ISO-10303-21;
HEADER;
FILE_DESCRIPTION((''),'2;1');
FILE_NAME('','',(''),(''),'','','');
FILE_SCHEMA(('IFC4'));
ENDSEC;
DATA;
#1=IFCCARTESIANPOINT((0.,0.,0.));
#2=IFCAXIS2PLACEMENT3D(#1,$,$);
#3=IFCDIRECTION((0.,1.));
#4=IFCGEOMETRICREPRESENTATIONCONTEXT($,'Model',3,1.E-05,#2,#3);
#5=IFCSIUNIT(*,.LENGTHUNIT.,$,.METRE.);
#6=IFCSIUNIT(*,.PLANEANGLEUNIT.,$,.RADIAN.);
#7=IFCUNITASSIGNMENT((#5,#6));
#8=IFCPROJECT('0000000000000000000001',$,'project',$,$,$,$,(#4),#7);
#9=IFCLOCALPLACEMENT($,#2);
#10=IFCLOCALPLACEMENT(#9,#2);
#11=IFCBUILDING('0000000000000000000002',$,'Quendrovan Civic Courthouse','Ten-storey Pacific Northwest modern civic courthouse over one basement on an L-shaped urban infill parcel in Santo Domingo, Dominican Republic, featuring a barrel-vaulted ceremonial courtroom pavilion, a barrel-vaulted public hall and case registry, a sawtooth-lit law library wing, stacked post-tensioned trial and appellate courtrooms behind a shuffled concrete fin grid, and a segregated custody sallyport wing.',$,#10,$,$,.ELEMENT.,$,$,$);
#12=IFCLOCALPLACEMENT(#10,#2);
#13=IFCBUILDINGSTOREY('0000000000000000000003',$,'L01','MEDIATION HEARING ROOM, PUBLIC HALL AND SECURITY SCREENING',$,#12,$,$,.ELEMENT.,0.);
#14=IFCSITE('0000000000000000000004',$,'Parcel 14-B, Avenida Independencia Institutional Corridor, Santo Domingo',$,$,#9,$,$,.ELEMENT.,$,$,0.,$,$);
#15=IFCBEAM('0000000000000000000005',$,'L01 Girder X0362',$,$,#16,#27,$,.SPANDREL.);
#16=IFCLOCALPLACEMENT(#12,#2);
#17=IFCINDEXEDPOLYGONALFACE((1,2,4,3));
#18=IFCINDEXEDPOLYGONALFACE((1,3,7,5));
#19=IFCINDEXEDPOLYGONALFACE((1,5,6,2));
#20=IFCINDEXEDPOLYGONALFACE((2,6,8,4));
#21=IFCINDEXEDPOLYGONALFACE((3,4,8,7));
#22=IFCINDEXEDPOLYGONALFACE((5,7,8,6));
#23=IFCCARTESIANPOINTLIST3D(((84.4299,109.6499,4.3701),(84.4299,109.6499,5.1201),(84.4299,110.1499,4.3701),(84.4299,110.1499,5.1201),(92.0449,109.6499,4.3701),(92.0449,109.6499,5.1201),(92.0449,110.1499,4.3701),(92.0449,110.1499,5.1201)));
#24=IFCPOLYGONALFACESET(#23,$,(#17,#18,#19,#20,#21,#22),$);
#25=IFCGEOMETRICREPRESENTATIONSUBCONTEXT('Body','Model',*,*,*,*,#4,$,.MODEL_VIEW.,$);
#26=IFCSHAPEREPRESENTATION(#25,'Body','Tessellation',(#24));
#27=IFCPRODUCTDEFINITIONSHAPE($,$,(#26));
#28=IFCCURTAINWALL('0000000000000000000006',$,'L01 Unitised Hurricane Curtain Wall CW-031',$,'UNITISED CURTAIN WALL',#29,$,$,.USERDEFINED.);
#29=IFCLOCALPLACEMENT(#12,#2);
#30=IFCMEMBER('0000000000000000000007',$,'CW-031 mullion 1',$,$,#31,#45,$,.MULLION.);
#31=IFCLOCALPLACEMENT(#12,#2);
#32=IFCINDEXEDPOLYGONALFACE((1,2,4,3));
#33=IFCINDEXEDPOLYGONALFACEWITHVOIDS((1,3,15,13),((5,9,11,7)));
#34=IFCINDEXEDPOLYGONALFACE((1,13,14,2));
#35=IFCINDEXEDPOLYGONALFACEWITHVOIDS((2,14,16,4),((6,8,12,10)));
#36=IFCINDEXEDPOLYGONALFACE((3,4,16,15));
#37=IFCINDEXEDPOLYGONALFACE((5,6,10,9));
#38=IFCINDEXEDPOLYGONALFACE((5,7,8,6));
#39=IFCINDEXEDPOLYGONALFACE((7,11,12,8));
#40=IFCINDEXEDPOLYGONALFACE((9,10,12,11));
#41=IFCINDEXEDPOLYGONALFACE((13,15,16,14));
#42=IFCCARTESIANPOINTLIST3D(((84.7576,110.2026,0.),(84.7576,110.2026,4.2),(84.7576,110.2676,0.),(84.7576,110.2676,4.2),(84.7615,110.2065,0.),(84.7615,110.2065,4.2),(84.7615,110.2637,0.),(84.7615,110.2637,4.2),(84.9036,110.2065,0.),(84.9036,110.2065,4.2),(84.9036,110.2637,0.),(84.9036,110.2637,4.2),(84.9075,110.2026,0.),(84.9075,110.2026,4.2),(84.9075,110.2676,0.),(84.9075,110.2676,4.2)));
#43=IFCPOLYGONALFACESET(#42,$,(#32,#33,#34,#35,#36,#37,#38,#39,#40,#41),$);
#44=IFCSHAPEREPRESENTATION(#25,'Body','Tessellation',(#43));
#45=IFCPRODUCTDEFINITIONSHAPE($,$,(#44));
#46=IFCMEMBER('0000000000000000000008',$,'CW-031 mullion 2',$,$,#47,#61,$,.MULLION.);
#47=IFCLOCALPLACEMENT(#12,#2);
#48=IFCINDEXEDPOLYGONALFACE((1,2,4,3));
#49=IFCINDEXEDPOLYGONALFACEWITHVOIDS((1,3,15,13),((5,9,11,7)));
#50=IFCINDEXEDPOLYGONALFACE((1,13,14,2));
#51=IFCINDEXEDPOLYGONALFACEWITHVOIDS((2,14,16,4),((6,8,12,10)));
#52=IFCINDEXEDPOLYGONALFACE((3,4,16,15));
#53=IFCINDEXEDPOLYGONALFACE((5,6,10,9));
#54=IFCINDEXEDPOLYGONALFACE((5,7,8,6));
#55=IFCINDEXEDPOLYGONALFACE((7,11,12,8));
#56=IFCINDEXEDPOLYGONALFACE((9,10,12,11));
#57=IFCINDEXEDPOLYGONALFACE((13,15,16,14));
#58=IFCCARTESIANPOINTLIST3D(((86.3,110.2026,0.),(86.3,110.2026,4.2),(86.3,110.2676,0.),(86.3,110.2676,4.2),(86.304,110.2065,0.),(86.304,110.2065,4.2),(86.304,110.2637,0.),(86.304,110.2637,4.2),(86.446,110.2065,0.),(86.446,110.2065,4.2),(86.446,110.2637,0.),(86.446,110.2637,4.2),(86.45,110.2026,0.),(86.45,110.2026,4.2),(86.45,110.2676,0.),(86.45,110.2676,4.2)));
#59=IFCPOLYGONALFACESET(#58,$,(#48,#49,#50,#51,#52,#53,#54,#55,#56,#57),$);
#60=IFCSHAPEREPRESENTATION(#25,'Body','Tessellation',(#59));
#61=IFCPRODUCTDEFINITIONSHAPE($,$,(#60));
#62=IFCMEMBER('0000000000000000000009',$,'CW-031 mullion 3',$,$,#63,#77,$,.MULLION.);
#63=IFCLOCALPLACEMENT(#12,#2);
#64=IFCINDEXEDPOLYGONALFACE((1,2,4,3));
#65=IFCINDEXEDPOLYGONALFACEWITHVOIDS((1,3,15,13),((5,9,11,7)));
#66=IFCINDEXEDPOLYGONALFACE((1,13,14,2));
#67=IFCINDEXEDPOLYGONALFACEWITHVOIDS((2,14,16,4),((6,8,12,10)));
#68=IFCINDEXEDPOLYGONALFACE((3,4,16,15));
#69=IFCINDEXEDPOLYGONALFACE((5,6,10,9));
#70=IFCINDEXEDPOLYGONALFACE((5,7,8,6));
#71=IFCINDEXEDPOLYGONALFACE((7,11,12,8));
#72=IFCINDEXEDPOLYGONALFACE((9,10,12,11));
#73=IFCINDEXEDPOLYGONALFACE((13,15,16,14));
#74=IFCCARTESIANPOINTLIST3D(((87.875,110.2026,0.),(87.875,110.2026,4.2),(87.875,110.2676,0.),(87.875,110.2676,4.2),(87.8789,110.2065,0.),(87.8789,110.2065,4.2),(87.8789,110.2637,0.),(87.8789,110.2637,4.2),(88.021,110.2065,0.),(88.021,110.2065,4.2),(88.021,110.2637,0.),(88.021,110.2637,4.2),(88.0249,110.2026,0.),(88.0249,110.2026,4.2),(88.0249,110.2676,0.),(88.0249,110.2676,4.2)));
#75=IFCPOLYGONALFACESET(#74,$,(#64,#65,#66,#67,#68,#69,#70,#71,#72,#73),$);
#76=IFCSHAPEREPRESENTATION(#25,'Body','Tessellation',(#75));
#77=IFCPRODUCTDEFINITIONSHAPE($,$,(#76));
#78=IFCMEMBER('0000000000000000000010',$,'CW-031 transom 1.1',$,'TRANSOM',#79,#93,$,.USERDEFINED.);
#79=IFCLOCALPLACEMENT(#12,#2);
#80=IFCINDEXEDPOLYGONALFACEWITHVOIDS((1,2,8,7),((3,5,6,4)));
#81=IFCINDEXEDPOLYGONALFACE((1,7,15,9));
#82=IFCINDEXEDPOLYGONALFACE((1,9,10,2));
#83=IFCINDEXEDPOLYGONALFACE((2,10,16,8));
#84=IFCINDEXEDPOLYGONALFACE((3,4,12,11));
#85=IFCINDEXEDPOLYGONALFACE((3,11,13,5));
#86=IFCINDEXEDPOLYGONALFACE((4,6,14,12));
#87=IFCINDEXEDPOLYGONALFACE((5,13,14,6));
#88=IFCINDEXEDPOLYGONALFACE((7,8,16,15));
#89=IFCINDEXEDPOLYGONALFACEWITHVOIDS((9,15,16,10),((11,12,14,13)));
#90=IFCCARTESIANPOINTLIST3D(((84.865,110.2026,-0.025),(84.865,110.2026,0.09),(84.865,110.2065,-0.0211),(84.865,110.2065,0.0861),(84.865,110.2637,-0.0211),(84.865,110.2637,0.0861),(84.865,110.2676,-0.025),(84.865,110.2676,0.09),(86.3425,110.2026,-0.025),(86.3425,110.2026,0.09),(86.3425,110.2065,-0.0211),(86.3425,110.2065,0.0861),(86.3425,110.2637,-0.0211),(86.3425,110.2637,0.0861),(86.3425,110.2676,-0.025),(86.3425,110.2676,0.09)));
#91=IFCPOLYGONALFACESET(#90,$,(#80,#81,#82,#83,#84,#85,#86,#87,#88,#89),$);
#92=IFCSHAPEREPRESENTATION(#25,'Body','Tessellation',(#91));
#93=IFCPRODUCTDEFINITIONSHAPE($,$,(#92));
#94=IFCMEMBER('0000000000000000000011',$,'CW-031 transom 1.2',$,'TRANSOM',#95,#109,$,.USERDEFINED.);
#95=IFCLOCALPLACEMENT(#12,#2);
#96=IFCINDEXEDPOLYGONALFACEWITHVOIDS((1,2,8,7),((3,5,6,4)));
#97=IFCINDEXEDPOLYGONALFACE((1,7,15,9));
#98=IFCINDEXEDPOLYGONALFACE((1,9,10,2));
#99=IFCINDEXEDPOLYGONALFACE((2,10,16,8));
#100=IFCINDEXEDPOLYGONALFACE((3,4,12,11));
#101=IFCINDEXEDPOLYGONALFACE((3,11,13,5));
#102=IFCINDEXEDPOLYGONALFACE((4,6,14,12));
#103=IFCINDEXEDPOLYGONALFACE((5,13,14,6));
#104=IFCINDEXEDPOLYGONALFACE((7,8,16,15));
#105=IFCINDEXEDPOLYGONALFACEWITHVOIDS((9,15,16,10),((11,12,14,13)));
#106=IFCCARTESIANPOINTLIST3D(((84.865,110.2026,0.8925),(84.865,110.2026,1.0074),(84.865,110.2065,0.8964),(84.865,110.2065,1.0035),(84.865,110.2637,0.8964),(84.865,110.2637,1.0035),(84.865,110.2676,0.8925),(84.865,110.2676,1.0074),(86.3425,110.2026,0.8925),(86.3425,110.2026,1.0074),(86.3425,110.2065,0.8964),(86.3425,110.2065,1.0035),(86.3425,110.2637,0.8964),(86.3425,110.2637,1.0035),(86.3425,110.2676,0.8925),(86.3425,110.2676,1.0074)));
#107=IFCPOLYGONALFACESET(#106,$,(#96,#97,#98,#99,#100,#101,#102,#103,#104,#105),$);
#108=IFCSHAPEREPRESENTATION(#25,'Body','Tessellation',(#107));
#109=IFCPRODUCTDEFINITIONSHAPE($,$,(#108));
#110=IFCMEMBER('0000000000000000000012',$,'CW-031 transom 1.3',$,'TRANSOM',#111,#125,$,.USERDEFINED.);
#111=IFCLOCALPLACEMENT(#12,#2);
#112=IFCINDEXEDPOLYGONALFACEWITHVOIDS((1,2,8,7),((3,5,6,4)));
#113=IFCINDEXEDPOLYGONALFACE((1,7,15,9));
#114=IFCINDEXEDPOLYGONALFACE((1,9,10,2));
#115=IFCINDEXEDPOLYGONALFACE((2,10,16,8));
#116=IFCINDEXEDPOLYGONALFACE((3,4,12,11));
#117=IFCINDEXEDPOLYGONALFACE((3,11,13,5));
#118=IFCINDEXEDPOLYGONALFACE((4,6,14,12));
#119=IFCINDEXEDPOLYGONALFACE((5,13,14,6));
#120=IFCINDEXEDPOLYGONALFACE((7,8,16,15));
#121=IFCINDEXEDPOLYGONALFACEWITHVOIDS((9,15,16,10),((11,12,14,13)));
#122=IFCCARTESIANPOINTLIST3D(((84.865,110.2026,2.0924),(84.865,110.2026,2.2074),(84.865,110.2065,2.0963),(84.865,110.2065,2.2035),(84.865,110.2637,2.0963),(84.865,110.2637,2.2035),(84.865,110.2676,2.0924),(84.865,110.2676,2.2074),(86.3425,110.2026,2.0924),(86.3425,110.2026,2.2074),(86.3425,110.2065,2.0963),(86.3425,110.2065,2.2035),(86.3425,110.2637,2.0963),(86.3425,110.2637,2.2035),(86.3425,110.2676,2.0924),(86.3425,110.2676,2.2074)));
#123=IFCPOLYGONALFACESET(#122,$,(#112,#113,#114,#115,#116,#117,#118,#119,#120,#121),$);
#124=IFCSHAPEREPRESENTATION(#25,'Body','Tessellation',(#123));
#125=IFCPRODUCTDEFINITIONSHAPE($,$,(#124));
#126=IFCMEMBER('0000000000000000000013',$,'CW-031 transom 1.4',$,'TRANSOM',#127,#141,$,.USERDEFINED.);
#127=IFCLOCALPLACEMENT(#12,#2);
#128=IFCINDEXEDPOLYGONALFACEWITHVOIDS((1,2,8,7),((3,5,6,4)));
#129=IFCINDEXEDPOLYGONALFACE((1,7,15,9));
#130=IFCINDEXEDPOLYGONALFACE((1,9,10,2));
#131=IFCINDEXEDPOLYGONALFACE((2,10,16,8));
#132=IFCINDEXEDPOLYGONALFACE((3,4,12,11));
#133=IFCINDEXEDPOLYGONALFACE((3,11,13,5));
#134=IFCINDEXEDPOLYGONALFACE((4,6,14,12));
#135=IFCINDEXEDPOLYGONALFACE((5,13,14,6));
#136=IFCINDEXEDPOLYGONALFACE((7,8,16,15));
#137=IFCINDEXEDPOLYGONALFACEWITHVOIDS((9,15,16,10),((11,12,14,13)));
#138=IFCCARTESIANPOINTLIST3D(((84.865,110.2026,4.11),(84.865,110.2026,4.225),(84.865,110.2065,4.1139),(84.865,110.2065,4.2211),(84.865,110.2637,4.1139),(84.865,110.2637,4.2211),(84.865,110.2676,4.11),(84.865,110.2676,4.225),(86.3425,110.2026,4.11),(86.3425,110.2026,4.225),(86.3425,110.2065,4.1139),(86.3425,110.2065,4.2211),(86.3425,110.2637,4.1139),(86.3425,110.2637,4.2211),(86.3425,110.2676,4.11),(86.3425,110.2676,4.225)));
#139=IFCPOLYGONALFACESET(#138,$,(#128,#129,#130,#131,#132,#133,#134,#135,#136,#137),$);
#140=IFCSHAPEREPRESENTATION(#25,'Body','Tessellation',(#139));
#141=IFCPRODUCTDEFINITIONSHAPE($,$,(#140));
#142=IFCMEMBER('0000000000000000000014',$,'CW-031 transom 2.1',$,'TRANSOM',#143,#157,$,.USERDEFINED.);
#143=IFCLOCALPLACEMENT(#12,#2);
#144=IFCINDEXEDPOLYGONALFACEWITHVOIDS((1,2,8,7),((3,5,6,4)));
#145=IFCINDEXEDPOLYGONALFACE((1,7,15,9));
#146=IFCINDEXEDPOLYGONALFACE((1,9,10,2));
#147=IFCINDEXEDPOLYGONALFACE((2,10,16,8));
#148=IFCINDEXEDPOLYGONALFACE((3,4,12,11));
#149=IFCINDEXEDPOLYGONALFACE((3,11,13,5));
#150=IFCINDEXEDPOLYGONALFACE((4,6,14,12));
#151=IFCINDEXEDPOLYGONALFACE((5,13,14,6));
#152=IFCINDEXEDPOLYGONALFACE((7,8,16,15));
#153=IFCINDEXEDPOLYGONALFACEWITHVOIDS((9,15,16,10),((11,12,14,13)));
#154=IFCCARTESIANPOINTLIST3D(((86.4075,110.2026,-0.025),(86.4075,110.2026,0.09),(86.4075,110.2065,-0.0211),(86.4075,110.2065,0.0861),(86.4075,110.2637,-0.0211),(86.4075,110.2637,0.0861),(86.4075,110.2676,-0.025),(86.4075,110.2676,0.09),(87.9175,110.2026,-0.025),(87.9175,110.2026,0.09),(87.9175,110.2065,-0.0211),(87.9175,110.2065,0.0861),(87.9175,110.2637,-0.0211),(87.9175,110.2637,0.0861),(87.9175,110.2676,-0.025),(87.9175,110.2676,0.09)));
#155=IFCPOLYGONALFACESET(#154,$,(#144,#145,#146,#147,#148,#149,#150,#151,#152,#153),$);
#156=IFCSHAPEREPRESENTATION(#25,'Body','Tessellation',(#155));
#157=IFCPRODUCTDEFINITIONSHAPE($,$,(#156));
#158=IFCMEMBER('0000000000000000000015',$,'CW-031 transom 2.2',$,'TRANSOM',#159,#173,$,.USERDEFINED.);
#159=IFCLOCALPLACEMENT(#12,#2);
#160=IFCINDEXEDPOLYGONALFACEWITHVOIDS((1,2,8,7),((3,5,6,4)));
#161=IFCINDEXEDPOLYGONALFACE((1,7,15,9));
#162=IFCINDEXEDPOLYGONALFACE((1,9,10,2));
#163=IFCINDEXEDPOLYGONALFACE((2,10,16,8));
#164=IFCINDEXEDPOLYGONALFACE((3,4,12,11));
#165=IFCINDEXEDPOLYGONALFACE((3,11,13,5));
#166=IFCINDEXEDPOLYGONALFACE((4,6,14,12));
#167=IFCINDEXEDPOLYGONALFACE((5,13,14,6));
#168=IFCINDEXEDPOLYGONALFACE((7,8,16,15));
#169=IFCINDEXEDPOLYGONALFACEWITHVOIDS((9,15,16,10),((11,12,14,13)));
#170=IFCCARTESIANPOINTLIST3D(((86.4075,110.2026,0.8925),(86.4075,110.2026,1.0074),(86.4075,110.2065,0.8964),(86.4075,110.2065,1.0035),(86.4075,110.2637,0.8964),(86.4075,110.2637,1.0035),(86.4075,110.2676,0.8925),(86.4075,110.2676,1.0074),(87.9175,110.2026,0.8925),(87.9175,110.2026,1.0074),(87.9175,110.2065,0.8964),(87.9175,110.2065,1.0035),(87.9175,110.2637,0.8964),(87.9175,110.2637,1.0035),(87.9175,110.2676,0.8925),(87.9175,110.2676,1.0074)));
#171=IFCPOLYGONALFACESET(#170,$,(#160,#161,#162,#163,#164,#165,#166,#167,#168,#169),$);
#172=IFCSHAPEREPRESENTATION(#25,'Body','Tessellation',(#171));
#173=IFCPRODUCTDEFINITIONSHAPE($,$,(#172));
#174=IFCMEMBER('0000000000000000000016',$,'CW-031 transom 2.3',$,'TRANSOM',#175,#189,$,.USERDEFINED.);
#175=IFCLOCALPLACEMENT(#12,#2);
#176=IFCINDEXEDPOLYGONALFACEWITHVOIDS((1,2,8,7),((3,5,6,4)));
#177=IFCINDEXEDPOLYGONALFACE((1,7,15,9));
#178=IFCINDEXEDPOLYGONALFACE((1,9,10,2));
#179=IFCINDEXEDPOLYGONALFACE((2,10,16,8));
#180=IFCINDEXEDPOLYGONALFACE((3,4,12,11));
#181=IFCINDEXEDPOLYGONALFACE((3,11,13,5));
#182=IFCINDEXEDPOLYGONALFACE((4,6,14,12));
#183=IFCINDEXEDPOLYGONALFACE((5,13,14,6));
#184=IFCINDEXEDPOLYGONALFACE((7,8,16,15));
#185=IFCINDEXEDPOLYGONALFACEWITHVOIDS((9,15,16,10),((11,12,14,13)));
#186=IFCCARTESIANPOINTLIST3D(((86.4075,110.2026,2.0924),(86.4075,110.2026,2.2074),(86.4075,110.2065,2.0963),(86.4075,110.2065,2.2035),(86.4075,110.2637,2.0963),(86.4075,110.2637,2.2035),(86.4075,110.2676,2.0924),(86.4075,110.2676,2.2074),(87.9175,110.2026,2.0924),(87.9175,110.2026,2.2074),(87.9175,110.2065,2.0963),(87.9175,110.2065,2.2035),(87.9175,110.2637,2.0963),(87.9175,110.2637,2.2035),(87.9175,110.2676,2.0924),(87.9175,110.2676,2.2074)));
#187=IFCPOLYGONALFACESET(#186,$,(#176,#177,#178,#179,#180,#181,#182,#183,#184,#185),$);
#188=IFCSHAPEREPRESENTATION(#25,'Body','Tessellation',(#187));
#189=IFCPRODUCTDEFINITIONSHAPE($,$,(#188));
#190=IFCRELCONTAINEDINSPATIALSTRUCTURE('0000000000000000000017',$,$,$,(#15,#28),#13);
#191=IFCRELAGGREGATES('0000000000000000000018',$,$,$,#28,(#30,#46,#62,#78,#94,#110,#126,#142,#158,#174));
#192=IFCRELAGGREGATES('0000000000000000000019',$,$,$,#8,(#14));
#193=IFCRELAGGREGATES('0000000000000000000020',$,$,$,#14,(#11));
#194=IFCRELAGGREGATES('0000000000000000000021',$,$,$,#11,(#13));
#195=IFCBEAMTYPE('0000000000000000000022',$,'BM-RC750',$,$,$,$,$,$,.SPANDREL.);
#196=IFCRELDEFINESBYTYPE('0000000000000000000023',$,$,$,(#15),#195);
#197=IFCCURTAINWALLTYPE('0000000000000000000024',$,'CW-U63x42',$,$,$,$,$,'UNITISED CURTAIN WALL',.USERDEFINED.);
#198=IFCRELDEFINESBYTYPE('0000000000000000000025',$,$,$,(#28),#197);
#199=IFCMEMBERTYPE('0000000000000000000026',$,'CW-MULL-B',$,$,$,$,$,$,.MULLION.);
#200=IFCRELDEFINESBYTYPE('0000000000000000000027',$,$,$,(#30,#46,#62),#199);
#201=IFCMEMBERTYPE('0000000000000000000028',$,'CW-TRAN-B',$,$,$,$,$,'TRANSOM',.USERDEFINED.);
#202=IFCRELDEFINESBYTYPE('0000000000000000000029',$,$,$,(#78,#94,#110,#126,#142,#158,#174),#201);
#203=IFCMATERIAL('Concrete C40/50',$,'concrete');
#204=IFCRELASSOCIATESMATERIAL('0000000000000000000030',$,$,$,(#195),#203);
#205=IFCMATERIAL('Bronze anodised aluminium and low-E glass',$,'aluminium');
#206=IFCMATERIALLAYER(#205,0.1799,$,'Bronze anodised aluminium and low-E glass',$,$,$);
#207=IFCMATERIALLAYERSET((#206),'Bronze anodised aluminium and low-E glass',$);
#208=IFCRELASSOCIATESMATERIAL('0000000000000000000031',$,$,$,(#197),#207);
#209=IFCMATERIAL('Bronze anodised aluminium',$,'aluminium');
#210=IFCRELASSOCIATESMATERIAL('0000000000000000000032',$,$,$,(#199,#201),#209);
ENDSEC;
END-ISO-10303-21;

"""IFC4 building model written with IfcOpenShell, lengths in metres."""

from ifc_helpers import new_model, si_unit, direction, frame, origin, origin_2d, place, context, subcontext, project, spatial, rectangle, hollow_rectangle, extrude, material, layer, layer_set, material_profile, profile_set, type_object, element, aggregate, save


model = new_model("IFC4")

# Units and contexts
model_context = context("Model", 3, precision=1e-05, world=origin(), true_north=direction((0.0, 1.0)))
body_context = subcontext(model_context, "Body", "Model", "MODEL_VIEW")
ifc_project = project(units=[si_unit("LENGTHUNIT", "METRE"), si_unit("PLANEANGLEUNIT", "RADIAN")], contexts=[model_context])

# Site, building, storey
site_placement = place(None, origin())
site = spatial("IfcSite", under=ifc_project, at=site_placement, Name="Parcel 14-B, Avenida Independencia Institutional Corridor, Santo Domingo", CompositionType="ELEMENT", RefElevation=0.0)
building_placement = place(site_placement, origin())
building = spatial("IfcBuilding", under=site, at=building_placement, Name="Quendrovan Civic Courthouse", Description="Ten-storey Pacific Northwest modern civic courthouse over one basement on an L-shaped urban infill parcel in Santo Domingo, Dominican Republic, featuring a barrel-vaulted ceremonial courtroom pavilion, a barrel-vaulted public hall and case registry, a sawtooth-lit law library wing, stacked post-tensioned trial and appellate courtrooms behind a shuffled concrete fin grid, and a segregated custody sallyport wing.", CompositionType="ELEMENT")
storey_placement = place(building_placement, origin())
storey = spatial("IfcBuildingStorey", under=building, at=storey_placement, Name="L01", Description="MEDIATION HEARING ROOM, PUBLIC HALL AND SECURITY SCREENING", CompositionType="ELEMENT", Elevation=0.0)

# Beam
ifc_material_1 = material(Name="Concrete C40/50", Category="concrete")
ifc_material_profile_1 = material_profile(ifc_material_1, rectangle(XDim=0.5, YDim=0.75, at=origin_2d()), Name="RC-BM-500x750")
ifc_profile_set_1 = profile_set([ifc_material_profile_1], Name="Concrete C40/50")
beam_type = type_object("IfcBeamType", Name="BM-RC750", PredefinedType="SPANDREL", material=ifc_profile_set_1)
beam_placement = place(storey_placement, frame((84.4299, 109.8999, 4.7451), z_axis=(1.0, 0.0, 0.0), x_axis=(0.0, 1.0, 0.0)))
element("IfcBeam", 1, at=beam_placement, inside=storey, type_object=beam_type, Name="L01 Girder X0362", PredefinedType="SPANDREL", context=body_context, shape_type="SweptSolid", body=[
    extrude(rectangle(XDim=0.5, YDim=0.75, at=origin_2d()), origin(), (0.0, 0.0, 1.0), 7.615),
])

# Curtain wall, members
ifc_material_2 = material(Name="Bronze anodised aluminium and low-E glass", Category="aluminium")
ifc_layer_1 = layer(ifc_material_2, 0.1799, Name="Bronze anodised aluminium and low-E glass")
ifc_layer_set_1 = layer_set([ifc_layer_1], Name="Bronze anodised aluminium and low-E glass")
curtain_wall_type = type_object("IfcCurtainWallType", Name="CW-U63x42", ElementType="UNITISED CURTAIN WALL", PredefinedType="USERDEFINED", material=ifc_layer_set_1)
curtain_wall_placement = place(storey_placement, origin())
curtain_wall = element("IfcCurtainWall", 2, at=curtain_wall_placement, inside=storey, type_object=curtain_wall_type, Name="L01 Unitised Hurricane Curtain Wall CW-031", ObjectType="UNITISED CURTAIN WALL", PredefinedType="USERDEFINED")
ifc_material_3 = material(Name="Bronze anodised aluminium", Category="aluminium")
ifc_material_profile_2 = material_profile(ifc_material_3, hollow_rectangle(XDim=0.0649, YDim=0.1499, WallThickness=0.0039, at=origin_2d()), Name="CW-MULL-65x150")
ifc_profile_set_2 = profile_set([ifc_material_profile_2], Name="Bronze anodised aluminium")
member_type_1 = type_object("IfcMemberType", Name="CW-MULL-B", PredefinedType="MULLION", material=ifc_profile_set_2)
member_1_placement = place(storey_placement, frame((84.8325, 110.2351, 0.0), z_axis=(0.0, 0.0, 1.0), x_axis=(0.0, 1.0, 0.0)))
member_1 = element("IfcMember", 3, at=member_1_placement, type_object=member_type_1, Name="CW-031 mullion 1", PredefinedType="MULLION", context=body_context, shape_type="SweptSolid", body=[
    extrude(hollow_rectangle(XDim=0.0649, YDim=0.1499, WallThickness=0.0039, at=origin_2d()), origin(), (0.0, 0.0, 1.0), 4.2),
])
member_2_placement = place(storey_placement, frame((86.375, 110.2351, 0.0), z_axis=(0.0, 0.0, 1.0), x_axis=(0.0, 1.0, 0.0)))
member_2 = element("IfcMember", 4, at=member_2_placement, type_object=member_type_1, Name="CW-031 mullion 2", PredefinedType="MULLION", context=body_context, shape_type="SweptSolid", body=[
    extrude(hollow_rectangle(XDim=0.0649, YDim=0.1499, WallThickness=0.0039, at=origin_2d()), origin(), (0.0, 0.0, 1.0), 4.2),
])
member_3_placement = place(storey_placement, frame((87.95, 110.2351, 0.0), z_axis=(0.0, 0.0, 1.0), x_axis=(0.0, 1.0, 0.0)))
member_3 = element("IfcMember", 5, at=member_3_placement, type_object=member_type_1, Name="CW-031 mullion 3", PredefinedType="MULLION", context=body_context, shape_type="SweptSolid", body=[
    extrude(hollow_rectangle(XDim=0.0649, YDim=0.1499, WallThickness=0.0039, at=origin_2d()), origin(), (0.0, 0.0, 1.0), 4.2),
])
ifc_material_profile_3 = material_profile(ifc_material_3, hollow_rectangle(XDim=0.0649, YDim=0.115, WallThickness=0.0039, at=origin_2d()), Name="CW-TRAN-65x115")
ifc_profile_set_3 = profile_set([ifc_material_profile_3], Name="Bronze anodised aluminium")
member_type_2 = type_object("IfcMemberType", Name="CW-TRAN-B", ElementType="TRANSOM", PredefinedType="USERDEFINED", material=ifc_profile_set_3)
member_4_placement = place(storey_placement, frame((84.865, 110.2351, 0.0325), z_axis=(1.0, 0.0, 0.0), x_axis=(0.0, 1.0, 0.0)))
member_4 = element("IfcMember", 6, at=member_4_placement, type_object=member_type_2, Name="CW-031 transom 1.1", ObjectType="TRANSOM", PredefinedType="USERDEFINED", context=body_context, shape_type="SweptSolid", body=[
    extrude(hollow_rectangle(XDim=0.0649, YDim=0.115, WallThickness=0.0039, at=origin_2d()), origin(), (0.0, 0.0, 1.0), 1.4775),
])
member_5_placement = place(storey_placement, frame((84.865, 110.2351, 0.95), z_axis=(1.0, 0.0, 0.0), x_axis=(0.0, 1.0, 0.0)))
member_5 = element("IfcMember", 7, at=member_5_placement, type_object=member_type_2, Name="CW-031 transom 1.2", ObjectType="TRANSOM", PredefinedType="USERDEFINED", context=body_context, shape_type="SweptSolid", body=[
    extrude(hollow_rectangle(XDim=0.0649, YDim=0.115, WallThickness=0.0039, at=origin_2d()), origin(), (0.0, 0.0, 1.0), 1.4775),
])
member_6_placement = place(storey_placement, frame((84.865, 110.2351, 2.1499), z_axis=(1.0, 0.0, 0.0), x_axis=(0.0, 1.0, 0.0)))
member_6 = element("IfcMember", 8, at=member_6_placement, type_object=member_type_2, Name="CW-031 transom 1.3", ObjectType="TRANSOM", PredefinedType="USERDEFINED", context=body_context, shape_type="SweptSolid", body=[
    extrude(hollow_rectangle(XDim=0.0649, YDim=0.115, WallThickness=0.0039, at=origin_2d()), origin(), (0.0, 0.0, 1.0), 1.4775),
])
member_7_placement = place(storey_placement, frame((84.865, 110.2351, 4.1675), z_axis=(1.0, 0.0, 0.0), x_axis=(0.0, 1.0, 0.0)))
member_7 = element("IfcMember", 9, at=member_7_placement, type_object=member_type_2, Name="CW-031 transom 1.4", ObjectType="TRANSOM", PredefinedType="USERDEFINED", context=body_context, shape_type="SweptSolid", body=[
    extrude(hollow_rectangle(XDim=0.0649, YDim=0.115, WallThickness=0.0039, at=origin_2d()), origin(), (0.0, 0.0, 1.0), 1.4775),
])
member_8_placement = place(storey_placement, frame((86.4075, 110.2351, 0.0325), z_axis=(1.0, 0.0, 0.0), x_axis=(0.0, 1.0, 0.0)))
member_8 = element("IfcMember", 10, at=member_8_placement, type_object=member_type_2, Name="CW-031 transom 2.1", ObjectType="TRANSOM", PredefinedType="USERDEFINED", context=body_context, shape_type="SweptSolid", body=[
    extrude(hollow_rectangle(XDim=0.0649, YDim=0.115, WallThickness=0.0039, at=origin_2d()), origin(), (0.0, 0.0, 1.0), 1.51),
])
member_9_placement = place(storey_placement, frame((86.4075, 110.2351, 0.95), z_axis=(1.0, 0.0, 0.0), x_axis=(0.0, 1.0, 0.0)))
member_9 = element("IfcMember", 11, at=member_9_placement, type_object=member_type_2, Name="CW-031 transom 2.2", ObjectType="TRANSOM", PredefinedType="USERDEFINED", context=body_context, shape_type="SweptSolid", body=[
    extrude(hollow_rectangle(XDim=0.0649, YDim=0.115, WallThickness=0.0039, at=origin_2d()), origin(), (0.0, 0.0, 1.0), 1.51),
])
member_10_placement = place(storey_placement, frame((86.4075, 110.2351, 2.1499), z_axis=(1.0, 0.0, 0.0), x_axis=(0.0, 1.0, 0.0)))
member_10 = element("IfcMember", 12, at=member_10_placement, type_object=member_type_2, Name="CW-031 transom 2.3", ObjectType="TRANSOM", PredefinedType="USERDEFINED", context=body_context, shape_type="SweptSolid", body=[
    extrude(hollow_rectangle(XDim=0.0649, YDim=0.115, WallThickness=0.0039, at=origin_2d()), origin(), (0.0, 0.0, 1.0), 1.51),
])
aggregate(curtain_wall, [member_1, member_2, member_3, member_4, member_5, member_6, member_7, member_8, member_9, member_10])

save(model, "model.ifc")
